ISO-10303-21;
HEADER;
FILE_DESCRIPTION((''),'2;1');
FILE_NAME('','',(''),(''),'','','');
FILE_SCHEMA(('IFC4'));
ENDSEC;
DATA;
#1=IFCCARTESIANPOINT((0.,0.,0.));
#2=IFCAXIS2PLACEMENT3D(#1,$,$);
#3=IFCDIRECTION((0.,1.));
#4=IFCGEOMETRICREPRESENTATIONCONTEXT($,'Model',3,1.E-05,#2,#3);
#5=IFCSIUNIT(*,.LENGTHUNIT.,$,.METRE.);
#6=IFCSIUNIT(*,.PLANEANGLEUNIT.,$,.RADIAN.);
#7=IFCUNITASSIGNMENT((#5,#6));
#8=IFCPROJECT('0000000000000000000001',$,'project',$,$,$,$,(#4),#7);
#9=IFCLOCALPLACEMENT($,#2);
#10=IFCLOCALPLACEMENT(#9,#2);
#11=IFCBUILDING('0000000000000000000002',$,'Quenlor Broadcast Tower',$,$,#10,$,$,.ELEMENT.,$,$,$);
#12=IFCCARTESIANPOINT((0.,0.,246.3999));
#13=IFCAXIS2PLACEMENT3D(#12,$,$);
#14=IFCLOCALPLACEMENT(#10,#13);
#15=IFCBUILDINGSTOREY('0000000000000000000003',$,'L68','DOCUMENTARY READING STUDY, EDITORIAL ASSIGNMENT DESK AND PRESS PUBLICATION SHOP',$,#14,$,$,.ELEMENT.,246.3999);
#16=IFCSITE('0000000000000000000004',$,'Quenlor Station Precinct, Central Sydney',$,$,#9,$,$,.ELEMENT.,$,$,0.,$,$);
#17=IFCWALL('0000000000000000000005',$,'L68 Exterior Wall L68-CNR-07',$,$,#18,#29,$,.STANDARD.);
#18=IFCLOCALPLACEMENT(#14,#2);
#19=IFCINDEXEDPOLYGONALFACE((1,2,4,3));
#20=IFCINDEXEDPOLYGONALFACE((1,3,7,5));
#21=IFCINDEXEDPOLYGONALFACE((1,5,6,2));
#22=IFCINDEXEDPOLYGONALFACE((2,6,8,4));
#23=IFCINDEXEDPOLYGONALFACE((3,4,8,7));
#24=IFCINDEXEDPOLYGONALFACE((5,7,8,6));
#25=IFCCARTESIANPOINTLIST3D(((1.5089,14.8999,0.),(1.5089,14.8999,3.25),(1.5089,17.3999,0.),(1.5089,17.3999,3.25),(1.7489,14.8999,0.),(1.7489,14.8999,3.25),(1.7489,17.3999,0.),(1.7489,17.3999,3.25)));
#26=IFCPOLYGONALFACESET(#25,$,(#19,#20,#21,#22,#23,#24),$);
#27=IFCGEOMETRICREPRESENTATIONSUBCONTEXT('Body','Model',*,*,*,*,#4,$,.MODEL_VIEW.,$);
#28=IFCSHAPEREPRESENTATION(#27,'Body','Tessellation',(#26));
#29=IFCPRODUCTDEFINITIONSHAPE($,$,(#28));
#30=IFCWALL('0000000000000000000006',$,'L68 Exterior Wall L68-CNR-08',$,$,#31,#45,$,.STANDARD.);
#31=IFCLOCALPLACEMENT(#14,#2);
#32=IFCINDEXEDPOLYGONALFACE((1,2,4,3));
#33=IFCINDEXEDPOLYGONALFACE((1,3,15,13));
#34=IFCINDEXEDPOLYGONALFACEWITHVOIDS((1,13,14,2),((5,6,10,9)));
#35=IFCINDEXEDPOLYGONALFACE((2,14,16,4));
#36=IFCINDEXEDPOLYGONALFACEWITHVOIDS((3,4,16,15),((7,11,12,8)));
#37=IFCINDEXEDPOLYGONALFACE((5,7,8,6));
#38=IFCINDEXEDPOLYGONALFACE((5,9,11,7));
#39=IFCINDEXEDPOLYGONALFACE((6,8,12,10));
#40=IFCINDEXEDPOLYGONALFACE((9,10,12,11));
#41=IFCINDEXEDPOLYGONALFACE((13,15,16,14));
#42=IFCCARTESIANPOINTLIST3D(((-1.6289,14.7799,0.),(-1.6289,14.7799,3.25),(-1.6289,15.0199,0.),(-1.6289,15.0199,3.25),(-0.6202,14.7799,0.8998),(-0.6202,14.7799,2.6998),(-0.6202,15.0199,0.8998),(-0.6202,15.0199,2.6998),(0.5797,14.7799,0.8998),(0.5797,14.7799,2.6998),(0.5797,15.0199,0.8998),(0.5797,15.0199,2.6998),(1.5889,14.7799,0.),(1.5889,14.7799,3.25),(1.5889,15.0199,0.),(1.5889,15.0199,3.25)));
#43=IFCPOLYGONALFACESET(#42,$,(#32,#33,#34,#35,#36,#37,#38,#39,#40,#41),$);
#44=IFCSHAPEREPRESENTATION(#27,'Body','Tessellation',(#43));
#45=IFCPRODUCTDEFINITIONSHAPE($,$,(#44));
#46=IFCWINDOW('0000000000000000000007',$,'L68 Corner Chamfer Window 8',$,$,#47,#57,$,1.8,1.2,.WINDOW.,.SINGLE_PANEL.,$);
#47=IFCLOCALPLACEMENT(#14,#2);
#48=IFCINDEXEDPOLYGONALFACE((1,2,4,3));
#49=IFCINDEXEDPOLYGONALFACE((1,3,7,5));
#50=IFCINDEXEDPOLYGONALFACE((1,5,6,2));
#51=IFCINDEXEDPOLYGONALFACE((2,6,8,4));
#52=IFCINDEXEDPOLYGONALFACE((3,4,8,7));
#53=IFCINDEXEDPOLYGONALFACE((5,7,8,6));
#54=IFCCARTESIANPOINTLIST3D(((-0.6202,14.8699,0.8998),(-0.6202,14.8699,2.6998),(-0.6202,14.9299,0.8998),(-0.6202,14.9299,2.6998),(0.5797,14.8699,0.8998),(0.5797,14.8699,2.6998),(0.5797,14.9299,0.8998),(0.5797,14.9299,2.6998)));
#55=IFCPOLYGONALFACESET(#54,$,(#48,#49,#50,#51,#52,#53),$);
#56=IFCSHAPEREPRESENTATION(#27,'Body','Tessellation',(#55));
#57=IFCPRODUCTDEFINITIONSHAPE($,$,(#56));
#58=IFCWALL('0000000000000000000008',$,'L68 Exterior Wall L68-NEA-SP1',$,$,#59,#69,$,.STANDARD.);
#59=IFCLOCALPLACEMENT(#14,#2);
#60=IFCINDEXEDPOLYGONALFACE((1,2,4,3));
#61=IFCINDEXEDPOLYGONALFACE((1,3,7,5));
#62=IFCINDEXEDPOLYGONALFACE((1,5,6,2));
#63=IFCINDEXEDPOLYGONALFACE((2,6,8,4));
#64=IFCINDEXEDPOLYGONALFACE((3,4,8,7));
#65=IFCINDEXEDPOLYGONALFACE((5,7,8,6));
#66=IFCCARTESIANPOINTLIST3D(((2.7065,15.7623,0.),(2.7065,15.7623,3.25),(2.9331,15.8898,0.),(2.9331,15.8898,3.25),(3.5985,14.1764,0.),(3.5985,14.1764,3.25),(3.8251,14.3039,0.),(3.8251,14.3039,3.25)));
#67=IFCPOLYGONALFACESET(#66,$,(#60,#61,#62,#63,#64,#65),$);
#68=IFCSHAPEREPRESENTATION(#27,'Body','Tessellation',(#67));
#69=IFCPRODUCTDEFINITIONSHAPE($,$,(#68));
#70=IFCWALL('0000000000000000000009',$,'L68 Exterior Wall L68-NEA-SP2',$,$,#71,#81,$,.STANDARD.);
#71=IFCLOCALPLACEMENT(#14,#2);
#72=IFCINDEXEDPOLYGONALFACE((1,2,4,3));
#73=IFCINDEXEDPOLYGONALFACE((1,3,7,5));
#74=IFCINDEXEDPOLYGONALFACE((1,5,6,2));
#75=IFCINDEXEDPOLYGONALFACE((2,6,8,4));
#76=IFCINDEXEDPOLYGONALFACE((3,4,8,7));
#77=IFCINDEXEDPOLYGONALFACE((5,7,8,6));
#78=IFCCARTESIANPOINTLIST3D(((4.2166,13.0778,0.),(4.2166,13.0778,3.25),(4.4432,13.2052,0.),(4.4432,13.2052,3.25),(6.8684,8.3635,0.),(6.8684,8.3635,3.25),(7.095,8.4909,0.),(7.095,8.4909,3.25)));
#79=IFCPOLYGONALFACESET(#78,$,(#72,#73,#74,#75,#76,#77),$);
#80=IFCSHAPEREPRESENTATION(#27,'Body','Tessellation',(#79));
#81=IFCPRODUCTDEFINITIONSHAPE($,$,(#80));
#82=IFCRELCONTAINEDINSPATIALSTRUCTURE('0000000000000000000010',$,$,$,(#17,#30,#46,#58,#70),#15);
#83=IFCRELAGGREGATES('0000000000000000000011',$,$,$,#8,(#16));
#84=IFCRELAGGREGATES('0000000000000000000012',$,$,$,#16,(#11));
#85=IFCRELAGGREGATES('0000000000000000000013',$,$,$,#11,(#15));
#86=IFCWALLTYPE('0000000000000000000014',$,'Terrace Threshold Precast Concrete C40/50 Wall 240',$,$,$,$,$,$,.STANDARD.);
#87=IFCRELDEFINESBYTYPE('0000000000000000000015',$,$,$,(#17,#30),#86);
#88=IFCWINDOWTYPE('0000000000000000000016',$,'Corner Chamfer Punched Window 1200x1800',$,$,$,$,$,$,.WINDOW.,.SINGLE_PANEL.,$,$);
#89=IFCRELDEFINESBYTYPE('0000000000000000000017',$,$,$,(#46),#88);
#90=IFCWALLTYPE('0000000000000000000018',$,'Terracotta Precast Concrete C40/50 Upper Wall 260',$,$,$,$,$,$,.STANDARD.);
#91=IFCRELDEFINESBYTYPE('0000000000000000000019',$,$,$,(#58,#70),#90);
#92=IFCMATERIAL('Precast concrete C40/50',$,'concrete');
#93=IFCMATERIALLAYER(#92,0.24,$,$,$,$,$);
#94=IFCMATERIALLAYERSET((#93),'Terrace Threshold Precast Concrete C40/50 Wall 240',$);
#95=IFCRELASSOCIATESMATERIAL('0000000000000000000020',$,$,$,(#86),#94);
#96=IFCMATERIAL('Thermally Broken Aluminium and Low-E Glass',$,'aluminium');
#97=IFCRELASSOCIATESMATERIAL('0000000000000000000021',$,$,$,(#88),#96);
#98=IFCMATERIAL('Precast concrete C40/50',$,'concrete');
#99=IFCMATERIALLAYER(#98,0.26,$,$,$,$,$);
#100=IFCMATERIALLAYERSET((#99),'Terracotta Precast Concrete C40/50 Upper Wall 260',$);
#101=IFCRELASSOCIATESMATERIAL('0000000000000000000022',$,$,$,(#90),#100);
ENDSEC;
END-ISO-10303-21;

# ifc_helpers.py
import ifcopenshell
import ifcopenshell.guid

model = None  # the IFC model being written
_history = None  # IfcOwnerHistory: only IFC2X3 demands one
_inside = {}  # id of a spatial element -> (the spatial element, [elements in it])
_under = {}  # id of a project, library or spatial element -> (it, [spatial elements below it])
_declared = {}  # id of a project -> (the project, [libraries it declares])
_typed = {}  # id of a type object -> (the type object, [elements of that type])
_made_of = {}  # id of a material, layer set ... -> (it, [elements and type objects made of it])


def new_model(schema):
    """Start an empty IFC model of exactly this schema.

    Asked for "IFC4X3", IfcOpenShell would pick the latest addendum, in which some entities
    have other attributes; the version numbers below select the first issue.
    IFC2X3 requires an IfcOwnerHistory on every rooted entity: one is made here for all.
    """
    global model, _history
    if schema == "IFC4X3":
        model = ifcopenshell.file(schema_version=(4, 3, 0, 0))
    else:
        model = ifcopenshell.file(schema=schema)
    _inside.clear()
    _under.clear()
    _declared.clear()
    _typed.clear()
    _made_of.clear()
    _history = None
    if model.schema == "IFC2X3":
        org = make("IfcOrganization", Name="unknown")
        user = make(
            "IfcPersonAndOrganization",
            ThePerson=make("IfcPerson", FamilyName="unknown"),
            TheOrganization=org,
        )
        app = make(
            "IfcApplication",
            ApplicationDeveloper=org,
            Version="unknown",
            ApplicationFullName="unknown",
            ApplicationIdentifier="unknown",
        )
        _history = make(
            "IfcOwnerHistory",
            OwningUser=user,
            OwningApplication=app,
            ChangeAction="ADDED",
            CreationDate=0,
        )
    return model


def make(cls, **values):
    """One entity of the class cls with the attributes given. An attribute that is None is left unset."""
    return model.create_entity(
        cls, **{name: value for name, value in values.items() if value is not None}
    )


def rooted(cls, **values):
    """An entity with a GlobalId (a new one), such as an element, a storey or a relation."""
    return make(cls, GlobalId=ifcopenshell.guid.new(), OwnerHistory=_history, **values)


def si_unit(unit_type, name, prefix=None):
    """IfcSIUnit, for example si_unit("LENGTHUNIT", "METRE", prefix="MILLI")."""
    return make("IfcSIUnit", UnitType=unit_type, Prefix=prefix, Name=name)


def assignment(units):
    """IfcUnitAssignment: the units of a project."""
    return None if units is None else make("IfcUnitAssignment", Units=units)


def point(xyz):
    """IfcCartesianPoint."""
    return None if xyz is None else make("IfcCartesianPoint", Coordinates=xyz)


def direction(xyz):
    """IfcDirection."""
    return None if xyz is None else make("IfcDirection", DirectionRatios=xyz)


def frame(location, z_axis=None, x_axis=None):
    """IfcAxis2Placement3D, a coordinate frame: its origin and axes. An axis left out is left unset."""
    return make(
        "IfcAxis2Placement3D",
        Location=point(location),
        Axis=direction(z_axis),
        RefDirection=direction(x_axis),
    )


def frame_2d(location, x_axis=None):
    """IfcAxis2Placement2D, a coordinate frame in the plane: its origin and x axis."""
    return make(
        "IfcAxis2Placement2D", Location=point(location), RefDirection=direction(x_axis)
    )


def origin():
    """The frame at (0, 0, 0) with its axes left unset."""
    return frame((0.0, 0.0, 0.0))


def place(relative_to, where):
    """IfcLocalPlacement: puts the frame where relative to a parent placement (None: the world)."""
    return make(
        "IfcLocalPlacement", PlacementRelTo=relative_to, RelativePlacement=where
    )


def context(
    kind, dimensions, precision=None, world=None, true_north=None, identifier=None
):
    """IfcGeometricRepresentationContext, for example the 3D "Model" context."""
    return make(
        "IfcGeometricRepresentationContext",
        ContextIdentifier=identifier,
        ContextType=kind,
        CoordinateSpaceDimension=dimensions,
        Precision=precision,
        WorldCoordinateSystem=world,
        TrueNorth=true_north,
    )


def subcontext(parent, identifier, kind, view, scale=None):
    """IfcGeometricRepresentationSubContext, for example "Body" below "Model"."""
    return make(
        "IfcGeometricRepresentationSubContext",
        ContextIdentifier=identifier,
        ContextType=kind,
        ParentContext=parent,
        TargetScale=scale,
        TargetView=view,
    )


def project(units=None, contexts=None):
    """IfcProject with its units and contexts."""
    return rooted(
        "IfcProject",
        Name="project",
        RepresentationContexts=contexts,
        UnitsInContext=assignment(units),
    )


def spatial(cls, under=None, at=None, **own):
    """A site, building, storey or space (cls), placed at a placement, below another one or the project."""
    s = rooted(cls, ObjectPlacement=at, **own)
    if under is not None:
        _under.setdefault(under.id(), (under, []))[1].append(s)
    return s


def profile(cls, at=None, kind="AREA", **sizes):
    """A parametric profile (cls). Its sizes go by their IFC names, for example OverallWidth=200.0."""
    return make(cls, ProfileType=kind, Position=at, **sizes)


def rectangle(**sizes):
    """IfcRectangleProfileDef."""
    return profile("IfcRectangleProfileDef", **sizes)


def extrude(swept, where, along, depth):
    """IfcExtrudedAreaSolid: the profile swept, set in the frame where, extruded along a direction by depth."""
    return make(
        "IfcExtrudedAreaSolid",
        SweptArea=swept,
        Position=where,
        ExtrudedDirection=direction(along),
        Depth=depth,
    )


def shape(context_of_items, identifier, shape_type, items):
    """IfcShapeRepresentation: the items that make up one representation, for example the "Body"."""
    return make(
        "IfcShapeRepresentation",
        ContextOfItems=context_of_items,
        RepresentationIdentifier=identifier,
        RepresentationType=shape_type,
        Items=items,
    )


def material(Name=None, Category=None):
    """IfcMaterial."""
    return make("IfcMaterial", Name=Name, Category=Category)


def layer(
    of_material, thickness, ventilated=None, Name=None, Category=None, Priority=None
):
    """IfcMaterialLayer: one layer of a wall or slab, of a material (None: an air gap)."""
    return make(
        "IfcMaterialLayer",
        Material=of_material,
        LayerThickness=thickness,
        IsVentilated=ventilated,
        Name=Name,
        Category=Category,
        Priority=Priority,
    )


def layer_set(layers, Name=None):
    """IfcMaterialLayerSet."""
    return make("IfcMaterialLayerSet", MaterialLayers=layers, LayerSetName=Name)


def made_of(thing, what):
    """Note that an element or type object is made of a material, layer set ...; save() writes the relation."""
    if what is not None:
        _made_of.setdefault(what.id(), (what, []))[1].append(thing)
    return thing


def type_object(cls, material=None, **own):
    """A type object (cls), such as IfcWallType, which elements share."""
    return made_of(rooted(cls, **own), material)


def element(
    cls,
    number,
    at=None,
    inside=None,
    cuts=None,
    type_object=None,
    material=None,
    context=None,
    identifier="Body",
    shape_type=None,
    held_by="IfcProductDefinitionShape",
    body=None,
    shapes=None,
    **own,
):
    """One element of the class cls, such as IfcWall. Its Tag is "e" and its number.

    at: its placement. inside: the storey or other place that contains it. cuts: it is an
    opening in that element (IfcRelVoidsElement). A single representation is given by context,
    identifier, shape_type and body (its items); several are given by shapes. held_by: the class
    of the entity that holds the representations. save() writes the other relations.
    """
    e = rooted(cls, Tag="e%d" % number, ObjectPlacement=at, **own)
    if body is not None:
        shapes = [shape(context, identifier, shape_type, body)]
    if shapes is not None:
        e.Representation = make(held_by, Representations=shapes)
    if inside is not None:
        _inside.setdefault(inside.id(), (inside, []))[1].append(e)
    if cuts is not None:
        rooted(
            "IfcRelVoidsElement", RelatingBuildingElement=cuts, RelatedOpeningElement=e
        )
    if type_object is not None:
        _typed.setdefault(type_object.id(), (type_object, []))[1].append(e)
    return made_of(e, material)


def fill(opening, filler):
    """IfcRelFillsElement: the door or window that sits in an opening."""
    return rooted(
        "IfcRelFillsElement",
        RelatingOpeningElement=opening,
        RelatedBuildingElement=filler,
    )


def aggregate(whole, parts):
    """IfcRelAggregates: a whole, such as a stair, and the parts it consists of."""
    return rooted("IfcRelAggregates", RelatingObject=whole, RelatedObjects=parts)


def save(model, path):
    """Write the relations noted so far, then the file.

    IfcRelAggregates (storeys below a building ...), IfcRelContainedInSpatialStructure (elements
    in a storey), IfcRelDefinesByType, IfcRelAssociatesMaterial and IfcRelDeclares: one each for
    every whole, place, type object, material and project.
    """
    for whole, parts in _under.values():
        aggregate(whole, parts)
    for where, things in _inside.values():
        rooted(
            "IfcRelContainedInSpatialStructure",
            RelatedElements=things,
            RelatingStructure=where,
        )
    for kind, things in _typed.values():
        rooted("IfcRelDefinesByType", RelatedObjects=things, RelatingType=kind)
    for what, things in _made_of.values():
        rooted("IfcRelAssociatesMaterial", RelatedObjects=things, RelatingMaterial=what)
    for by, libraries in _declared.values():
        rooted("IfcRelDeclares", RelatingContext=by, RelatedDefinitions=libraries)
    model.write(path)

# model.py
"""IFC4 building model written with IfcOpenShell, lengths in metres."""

from ifc_helpers import new_model, si_unit, direction, frame, frame_2d, origin, place, context, subcontext, project, spatial, rectangle, extrude, material, layer, layer_set, type_object, element, fill, save


model = new_model("IFC4")

# Units and contexts
model_context = context("Model", 3, precision=1e-05, world=origin(), true_north=direction((0.0, 1.0)))
body_context = subcontext(model_context, "Body", "Model", "MODEL_VIEW")
ifc_project = project(units=[si_unit("LENGTHUNIT", "METRE"), si_unit("PLANEANGLEUNIT", "RADIAN")], contexts=[model_context])

# Site, building, storey
site_placement = place(None, origin())
site = spatial("IfcSite", under=ifc_project, at=site_placement, Name="Quenlor Station Precinct, Central Sydney", CompositionType="ELEMENT", RefElevation=0.0)
building_placement = place(site_placement, origin())
building = spatial("IfcBuilding", under=site, at=building_placement, Name="Quenlor Broadcast Tower", CompositionType="ELEMENT")
storey_placement = place(building_placement, frame((0.0, 0.0, 246.3999)))
storey = spatial("IfcBuildingStorey", under=building, at=storey_placement, Name="L68", Description="DOCUMENTARY READING STUDY, EDITORIAL ASSIGNMENT DESK AND PRESS PUBLICATION SHOP", CompositionType="ELEMENT", Elevation=246.3999)

# Wall
ifc_material_1 = material(Name="Precast concrete C40/50", Category="concrete")
ifc_layer_1 = layer(ifc_material_1, 0.24)
ifc_layer_set_1 = layer_set([ifc_layer_1], Name="Terrace Threshold Precast Concrete C40/50 Wall 240")
wall_type_1 = type_object("IfcWallType", Name="Terrace Threshold Precast Concrete C40/50 Wall 240", PredefinedType="STANDARD", material=ifc_layer_set_1)
wall_1_placement = place(storey_placement, frame((1.6289, 17.3999, 0.0), z_axis=(0.0, 0.0, 1.0), x_axis=(0.0, -1.0, 0.0)))
element("IfcWall", 1, at=wall_1_placement, inside=storey, type_object=wall_type_1, Name="L68 Exterior Wall L68-CNR-07", PredefinedType="STANDARD", context=body_context, shape_type="SweptSolid", body=[
    extrude(rectangle(XDim=2.5, YDim=0.24, at=frame_2d((1.25, 0.0))), origin(), (0.0, 0.0, 1.0), 3.25),
])

# Wall, opening, window
wall_2_placement = place(storey_placement, frame((1.5889, 14.8999, 0.0), z_axis=(0.0, 0.0, 1.0), x_axis=(-1.0, 0.0, 0.0)))
wall_2 = element("IfcWall", 2, at=wall_2_placement, inside=storey, type_object=wall_type_1, Name="L68 Exterior Wall L68-CNR-08", PredefinedType="STANDARD", context=body_context, shape_type="SweptSolid", body=[
    extrude(rectangle(XDim=3.2178, YDim=0.24, at=frame_2d((1.6089, 0.0))), origin(), (0.0, 0.0, 1.0), 3.25),
])
opening_placement = place(wall_2_placement, frame((1.009, 0.0, 0.8999)))
opening = element("IfcOpeningElement", 3, at=opening_placement, cuts=wall_2, PredefinedType="OPENING", context=body_context, shape_type="SweptSolid", body=[
    extrude(rectangle(XDim=1.2, YDim=1.8, at=frame_2d((0.6001, 0.8999))), frame((0.0, 0.1299, 0.0), z_axis=(0.0, -1.0, 0.0), x_axis=(1.0, 0.0, 0.0)), (0.0, 0.0, 1.0), 0.26),
])
ifc_material_2 = material(Name="Thermally Broken Aluminium and Low-E Glass", Category="aluminium")
window_type = type_object("IfcWindowType", Name="Corner Chamfer Punched Window 1200x1800", PartitioningType="SINGLE_PANEL", PredefinedType="WINDOW", material=ifc_material_2)
window_placement = place(opening_placement, origin())
window = element("IfcWindow", 4, at=window_placement, inside=storey, type_object=window_type, Name="L68 Corner Chamfer Window 8", OverallHeight=1.8, OverallWidth=1.2, PartitioningType="SINGLE_PANEL", PredefinedType="WINDOW", context=body_context, shape_type="SweptSolid", body=[
    extrude(rectangle(XDim=1.2, YDim=1.8, at=frame_2d((0.6001, 0.8999))), frame((0.0, 0.03, 0.0), z_axis=(0.0, -1.0, 0.0), x_axis=(1.0, 0.0, 0.0)), (0.0, 0.0, 1.0), 0.0601),
])
fill(opening, window)

# Walls
ifc_material_3 = material(Name="Precast concrete C40/50", Category="concrete")
ifc_layer_2 = layer(ifc_material_3, 0.26)
ifc_layer_set_2 = layer_set([ifc_layer_2], Name="Terracotta Precast Concrete C40/50 Upper Wall 260")
wall_type_2 = type_object("IfcWallType", Name="Terracotta Precast Concrete C40/50 Upper Wall 260", PredefinedType="STANDARD", material=ifc_layer_set_2)
wall_3_placement = place(storey_placement, frame((2.8198, 15.8259, 0.0), z_axis=(0.0, 0.0, 1.0), x_axis=(0.490261, -0.871576, 0.0)))
element("IfcWall", 5, at=wall_3_placement, inside=storey, type_object=wall_type_2, Name="L68 Exterior Wall L68-NEA-SP1", PredefinedType="STANDARD", context=body_context, shape_type="SweptSolid", body=[
    extrude(rectangle(XDim=1.8196, YDim=0.26, at=frame_2d((0.9097, 0.0))), origin(), (0.0, 0.0, 1.0), 3.25),
])
wall_4_placement = place(storey_placement, frame((4.3298, 13.1416, 0.0), z_axis=(0.0, 0.0, 1.0), x_axis=(0.490266, -0.871573, 0.0)))
element("IfcWall", 6, at=wall_4_placement, inside=storey, type_object=wall_type_2, Name="L68 Exterior Wall L68-NEA-SP2", PredefinedType="STANDARD", context=body_context, shape_type="SweptSolid", body=[
    extrude(rectangle(XDim=5.4089, YDim=0.26, at=frame_2d((2.7046, 0.0))), origin(), (0.0, 0.0, 1.0), 3.25),
])

save(model, "model.ifc")
